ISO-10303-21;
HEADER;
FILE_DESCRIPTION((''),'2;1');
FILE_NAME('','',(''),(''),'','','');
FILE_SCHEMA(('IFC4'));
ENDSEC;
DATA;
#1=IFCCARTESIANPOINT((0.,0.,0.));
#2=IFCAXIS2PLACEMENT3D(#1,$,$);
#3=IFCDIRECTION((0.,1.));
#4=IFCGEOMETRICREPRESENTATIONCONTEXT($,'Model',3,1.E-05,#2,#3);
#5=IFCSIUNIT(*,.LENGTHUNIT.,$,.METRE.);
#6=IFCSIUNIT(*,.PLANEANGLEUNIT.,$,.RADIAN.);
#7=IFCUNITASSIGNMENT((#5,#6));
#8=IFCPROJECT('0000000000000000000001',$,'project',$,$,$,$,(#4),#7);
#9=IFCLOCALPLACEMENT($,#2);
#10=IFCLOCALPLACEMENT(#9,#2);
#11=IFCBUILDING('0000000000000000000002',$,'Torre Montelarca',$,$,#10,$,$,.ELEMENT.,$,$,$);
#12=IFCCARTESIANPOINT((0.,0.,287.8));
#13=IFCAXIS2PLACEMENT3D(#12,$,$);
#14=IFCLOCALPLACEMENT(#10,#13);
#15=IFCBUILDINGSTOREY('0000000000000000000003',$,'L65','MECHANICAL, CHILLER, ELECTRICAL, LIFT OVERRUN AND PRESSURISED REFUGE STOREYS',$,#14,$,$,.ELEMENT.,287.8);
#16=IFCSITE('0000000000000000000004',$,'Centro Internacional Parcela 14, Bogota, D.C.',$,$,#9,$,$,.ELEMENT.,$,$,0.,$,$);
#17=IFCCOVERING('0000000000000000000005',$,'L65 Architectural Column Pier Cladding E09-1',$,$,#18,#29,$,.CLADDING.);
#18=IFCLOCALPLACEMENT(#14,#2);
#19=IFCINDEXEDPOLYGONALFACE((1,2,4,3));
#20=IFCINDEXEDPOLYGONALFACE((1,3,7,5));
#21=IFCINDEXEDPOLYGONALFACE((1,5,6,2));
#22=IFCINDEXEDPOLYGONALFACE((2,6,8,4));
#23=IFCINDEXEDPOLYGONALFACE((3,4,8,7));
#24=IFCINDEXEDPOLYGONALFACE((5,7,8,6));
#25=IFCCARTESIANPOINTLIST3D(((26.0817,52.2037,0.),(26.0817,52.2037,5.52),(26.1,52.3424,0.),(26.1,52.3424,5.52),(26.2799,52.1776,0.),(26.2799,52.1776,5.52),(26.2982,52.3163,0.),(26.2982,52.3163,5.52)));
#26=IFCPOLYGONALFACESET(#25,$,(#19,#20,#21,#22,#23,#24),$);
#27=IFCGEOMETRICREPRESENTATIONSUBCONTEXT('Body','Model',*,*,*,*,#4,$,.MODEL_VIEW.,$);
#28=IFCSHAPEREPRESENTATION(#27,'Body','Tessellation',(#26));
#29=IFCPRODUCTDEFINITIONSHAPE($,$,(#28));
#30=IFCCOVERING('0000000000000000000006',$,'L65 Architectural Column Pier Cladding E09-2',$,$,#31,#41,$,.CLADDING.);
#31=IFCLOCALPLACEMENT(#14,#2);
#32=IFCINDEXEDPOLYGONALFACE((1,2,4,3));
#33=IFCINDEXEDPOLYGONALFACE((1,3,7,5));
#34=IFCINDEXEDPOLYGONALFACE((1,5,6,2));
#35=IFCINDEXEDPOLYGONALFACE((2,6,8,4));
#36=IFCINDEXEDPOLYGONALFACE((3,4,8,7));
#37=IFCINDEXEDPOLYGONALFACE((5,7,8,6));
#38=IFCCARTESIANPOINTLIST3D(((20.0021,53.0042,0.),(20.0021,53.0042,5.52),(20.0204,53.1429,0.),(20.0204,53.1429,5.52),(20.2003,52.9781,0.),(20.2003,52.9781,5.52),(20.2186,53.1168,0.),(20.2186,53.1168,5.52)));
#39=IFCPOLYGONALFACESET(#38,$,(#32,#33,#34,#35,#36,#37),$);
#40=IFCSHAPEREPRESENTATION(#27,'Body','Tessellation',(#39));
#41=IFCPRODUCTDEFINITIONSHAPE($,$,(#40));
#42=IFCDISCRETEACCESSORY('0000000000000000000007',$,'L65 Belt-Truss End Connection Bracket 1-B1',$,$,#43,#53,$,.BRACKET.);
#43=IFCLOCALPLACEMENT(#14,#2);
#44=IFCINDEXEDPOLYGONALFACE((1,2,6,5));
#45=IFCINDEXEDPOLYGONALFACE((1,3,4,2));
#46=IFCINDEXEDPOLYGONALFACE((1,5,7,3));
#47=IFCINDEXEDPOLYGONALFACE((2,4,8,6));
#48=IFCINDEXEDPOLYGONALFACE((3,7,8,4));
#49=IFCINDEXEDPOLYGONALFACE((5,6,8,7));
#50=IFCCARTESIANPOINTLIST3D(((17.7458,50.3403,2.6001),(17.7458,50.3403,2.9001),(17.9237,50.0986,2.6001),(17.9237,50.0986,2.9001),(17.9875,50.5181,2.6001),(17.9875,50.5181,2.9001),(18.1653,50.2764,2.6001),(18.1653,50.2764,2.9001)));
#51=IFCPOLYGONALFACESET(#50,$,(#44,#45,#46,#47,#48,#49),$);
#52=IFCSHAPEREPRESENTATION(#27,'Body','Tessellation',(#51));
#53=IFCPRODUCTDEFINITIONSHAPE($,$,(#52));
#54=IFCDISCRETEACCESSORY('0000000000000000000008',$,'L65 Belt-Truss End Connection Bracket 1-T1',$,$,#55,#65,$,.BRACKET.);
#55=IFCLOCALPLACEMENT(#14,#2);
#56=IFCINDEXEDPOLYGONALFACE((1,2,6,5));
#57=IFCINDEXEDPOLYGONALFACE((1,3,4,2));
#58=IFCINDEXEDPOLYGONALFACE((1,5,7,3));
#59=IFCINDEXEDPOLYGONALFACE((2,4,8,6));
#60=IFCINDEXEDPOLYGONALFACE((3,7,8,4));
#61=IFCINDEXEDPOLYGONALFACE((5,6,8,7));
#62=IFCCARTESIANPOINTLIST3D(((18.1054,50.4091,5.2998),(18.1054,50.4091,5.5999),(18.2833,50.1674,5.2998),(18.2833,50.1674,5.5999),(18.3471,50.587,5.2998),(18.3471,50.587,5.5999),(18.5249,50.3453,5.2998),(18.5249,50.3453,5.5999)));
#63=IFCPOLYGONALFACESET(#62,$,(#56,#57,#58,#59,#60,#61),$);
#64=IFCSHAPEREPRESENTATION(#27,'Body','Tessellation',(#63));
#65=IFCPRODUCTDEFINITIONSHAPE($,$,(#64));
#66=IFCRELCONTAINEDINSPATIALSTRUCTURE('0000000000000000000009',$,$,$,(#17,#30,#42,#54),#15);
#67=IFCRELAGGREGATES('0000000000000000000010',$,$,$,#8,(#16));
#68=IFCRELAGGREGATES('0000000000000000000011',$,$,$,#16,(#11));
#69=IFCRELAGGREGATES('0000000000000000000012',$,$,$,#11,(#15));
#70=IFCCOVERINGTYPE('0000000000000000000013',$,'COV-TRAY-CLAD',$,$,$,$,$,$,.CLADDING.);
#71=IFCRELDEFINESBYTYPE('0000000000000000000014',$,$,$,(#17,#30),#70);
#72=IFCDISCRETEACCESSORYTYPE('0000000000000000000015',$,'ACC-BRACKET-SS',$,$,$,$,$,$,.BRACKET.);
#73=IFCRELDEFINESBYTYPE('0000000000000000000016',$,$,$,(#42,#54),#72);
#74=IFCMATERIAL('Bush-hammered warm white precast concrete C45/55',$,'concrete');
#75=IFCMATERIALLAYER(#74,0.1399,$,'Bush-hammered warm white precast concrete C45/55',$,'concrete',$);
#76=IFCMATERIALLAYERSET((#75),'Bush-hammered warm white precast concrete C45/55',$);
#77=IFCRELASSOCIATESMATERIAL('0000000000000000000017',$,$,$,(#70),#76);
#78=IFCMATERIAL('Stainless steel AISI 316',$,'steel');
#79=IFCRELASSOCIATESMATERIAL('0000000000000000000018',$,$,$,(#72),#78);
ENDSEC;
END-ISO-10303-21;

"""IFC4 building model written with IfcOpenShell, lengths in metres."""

from ifc_helpers import new_model, si_unit, direction, frame, origin, origin_2d, place, context, subcontext, project, spatial, rectangle, extrude, source, transform, mapped, material, layer, layer_set, type_object, element, save


model = new_model("IFC4")

# Units and contexts
model_context = context("Model", 3, precision=1e-05, world=origin(), true_north=direction((0.0, 1.0)))
body_context = subcontext(model_context, "Body", "Model", "MODEL_VIEW")
ifc_project = project(units=[si_unit("LENGTHUNIT", "METRE"), si_unit("PLANEANGLEUNIT", "RADIAN")], contexts=[model_context])

# Site, building, storey
site_placement = place(None, origin())
site = spatial("IfcSite", under=ifc_project, at=site_placement, Name="Centro Internacional Parcela 14, Bogota, D.C.", CompositionType="ELEMENT", RefElevation=0.0)
building_placement = place(site_placement, origin())
building = spatial("IfcBuilding", under=site, at=building_placement, Name="Torre Montelarca", CompositionType="ELEMENT")
storey_placement = place(building_placement, frame((0.0, 0.0, 287.8)))
storey = spatial("IfcBuildingStorey", under=building, at=storey_placement, Name="L65", Description="MECHANICAL, CHILLER, ELECTRICAL, LIFT OVERRUN AND PRESSURISED REFUGE STOREYS", CompositionType="ELEMENT", Elevation=287.8)

# Coverings
ifc_material_1 = material(Name="Bush-hammered warm white precast concrete C45/55", Category="concrete")
ifc_layer_1 = layer(ifc_material_1, 0.1399, Name="Bush-hammered warm white precast concrete C45/55", Category="concrete")
ifc_layer_set_1 = layer_set([ifc_layer_1], Name="Bush-hammered warm white precast concrete C45/55")
covering_type = type_object("IfcCoveringType", Name="COV-TRAY-CLAD", PredefinedType="CLADDING", material=ifc_layer_set_1)
shared_shape_1 = source(origin(), body_context, "Body", "SweptSolid", [
    extrude(rectangle(XDim=0.2, YDim=0.1399, at=origin_2d()), origin(), (0.0, 0.0, 1.0), 5.52),
])
for number, where, z_axis, x_axis, name in (
    (1, (26.1899, 52.26, 0.0), (0.0, 0.0, 1.0), (-0.991444, 0.130531, 0.0), "L65 Architectural Column Pier Cladding E09-1"),
    (2, (20.1104, 53.0605, 0.0), (0.0, 0.0, 1.0), (-0.991444, 0.130531, 0.0), "L65 Architectural Column Pier Cladding E09-2"),
):
    element("IfcCovering", number, at=place(storey_placement, frame(where, z_axis=z_axis, x_axis=x_axis)), inside=storey, type_object=covering_type, Name=name, PredefinedType="CLADDING", context=body_context, shape_type="MappedRepresentation", body=[
        mapped(shared_shape_1, transform((0.0, 0.0, 0.0), scale=1.0)),
    ])

# Discrete accessories
ifc_material_2 = material(Name="Stainless steel AISI 316", Category="steel")
discrete_accessory_type = type_object("IfcDiscreteAccessoryType", Name="ACC-BRACKET-SS", PredefinedType="BRACKET", material=ifc_material_2)
shared_shape_2 = source(origin(), body_context, "Body", "SweptSolid", [
    extrude(rectangle(XDim=0.3, YDim=0.3, at=origin_2d()), origin(), (0.0, 0.0, 1.0), 0.3),
])
for number, where, z_axis, x_axis, name in (
    (3, (17.9556, 50.3083, 2.6001), (0.0, 0.0, 1.0), (0.805411, 0.592716, 0.0), "L65 Belt-Truss End Connection Bracket 1-B1"),
    (4, (18.3152, 50.3772, 5.2998), (0.0, 0.0, 1.0), (0.805411, 0.592716, 0.0), "L65 Belt-Truss End Connection Bracket 1-T1"),
):
    element("IfcDiscreteAccessory", number, at=place(storey_placement, frame(where, z_axis=z_axis, x_axis=x_axis)), inside=storey, type_object=discrete_accessory_type, Name=name, PredefinedType="BRACKET", context=body_context, shape_type="MappedRepresentation", body=[
        mapped(shared_shape_2, transform((0.0, 0.0, 0.0), scale=1.0)),
    ])

save(model, "model.ifc")
